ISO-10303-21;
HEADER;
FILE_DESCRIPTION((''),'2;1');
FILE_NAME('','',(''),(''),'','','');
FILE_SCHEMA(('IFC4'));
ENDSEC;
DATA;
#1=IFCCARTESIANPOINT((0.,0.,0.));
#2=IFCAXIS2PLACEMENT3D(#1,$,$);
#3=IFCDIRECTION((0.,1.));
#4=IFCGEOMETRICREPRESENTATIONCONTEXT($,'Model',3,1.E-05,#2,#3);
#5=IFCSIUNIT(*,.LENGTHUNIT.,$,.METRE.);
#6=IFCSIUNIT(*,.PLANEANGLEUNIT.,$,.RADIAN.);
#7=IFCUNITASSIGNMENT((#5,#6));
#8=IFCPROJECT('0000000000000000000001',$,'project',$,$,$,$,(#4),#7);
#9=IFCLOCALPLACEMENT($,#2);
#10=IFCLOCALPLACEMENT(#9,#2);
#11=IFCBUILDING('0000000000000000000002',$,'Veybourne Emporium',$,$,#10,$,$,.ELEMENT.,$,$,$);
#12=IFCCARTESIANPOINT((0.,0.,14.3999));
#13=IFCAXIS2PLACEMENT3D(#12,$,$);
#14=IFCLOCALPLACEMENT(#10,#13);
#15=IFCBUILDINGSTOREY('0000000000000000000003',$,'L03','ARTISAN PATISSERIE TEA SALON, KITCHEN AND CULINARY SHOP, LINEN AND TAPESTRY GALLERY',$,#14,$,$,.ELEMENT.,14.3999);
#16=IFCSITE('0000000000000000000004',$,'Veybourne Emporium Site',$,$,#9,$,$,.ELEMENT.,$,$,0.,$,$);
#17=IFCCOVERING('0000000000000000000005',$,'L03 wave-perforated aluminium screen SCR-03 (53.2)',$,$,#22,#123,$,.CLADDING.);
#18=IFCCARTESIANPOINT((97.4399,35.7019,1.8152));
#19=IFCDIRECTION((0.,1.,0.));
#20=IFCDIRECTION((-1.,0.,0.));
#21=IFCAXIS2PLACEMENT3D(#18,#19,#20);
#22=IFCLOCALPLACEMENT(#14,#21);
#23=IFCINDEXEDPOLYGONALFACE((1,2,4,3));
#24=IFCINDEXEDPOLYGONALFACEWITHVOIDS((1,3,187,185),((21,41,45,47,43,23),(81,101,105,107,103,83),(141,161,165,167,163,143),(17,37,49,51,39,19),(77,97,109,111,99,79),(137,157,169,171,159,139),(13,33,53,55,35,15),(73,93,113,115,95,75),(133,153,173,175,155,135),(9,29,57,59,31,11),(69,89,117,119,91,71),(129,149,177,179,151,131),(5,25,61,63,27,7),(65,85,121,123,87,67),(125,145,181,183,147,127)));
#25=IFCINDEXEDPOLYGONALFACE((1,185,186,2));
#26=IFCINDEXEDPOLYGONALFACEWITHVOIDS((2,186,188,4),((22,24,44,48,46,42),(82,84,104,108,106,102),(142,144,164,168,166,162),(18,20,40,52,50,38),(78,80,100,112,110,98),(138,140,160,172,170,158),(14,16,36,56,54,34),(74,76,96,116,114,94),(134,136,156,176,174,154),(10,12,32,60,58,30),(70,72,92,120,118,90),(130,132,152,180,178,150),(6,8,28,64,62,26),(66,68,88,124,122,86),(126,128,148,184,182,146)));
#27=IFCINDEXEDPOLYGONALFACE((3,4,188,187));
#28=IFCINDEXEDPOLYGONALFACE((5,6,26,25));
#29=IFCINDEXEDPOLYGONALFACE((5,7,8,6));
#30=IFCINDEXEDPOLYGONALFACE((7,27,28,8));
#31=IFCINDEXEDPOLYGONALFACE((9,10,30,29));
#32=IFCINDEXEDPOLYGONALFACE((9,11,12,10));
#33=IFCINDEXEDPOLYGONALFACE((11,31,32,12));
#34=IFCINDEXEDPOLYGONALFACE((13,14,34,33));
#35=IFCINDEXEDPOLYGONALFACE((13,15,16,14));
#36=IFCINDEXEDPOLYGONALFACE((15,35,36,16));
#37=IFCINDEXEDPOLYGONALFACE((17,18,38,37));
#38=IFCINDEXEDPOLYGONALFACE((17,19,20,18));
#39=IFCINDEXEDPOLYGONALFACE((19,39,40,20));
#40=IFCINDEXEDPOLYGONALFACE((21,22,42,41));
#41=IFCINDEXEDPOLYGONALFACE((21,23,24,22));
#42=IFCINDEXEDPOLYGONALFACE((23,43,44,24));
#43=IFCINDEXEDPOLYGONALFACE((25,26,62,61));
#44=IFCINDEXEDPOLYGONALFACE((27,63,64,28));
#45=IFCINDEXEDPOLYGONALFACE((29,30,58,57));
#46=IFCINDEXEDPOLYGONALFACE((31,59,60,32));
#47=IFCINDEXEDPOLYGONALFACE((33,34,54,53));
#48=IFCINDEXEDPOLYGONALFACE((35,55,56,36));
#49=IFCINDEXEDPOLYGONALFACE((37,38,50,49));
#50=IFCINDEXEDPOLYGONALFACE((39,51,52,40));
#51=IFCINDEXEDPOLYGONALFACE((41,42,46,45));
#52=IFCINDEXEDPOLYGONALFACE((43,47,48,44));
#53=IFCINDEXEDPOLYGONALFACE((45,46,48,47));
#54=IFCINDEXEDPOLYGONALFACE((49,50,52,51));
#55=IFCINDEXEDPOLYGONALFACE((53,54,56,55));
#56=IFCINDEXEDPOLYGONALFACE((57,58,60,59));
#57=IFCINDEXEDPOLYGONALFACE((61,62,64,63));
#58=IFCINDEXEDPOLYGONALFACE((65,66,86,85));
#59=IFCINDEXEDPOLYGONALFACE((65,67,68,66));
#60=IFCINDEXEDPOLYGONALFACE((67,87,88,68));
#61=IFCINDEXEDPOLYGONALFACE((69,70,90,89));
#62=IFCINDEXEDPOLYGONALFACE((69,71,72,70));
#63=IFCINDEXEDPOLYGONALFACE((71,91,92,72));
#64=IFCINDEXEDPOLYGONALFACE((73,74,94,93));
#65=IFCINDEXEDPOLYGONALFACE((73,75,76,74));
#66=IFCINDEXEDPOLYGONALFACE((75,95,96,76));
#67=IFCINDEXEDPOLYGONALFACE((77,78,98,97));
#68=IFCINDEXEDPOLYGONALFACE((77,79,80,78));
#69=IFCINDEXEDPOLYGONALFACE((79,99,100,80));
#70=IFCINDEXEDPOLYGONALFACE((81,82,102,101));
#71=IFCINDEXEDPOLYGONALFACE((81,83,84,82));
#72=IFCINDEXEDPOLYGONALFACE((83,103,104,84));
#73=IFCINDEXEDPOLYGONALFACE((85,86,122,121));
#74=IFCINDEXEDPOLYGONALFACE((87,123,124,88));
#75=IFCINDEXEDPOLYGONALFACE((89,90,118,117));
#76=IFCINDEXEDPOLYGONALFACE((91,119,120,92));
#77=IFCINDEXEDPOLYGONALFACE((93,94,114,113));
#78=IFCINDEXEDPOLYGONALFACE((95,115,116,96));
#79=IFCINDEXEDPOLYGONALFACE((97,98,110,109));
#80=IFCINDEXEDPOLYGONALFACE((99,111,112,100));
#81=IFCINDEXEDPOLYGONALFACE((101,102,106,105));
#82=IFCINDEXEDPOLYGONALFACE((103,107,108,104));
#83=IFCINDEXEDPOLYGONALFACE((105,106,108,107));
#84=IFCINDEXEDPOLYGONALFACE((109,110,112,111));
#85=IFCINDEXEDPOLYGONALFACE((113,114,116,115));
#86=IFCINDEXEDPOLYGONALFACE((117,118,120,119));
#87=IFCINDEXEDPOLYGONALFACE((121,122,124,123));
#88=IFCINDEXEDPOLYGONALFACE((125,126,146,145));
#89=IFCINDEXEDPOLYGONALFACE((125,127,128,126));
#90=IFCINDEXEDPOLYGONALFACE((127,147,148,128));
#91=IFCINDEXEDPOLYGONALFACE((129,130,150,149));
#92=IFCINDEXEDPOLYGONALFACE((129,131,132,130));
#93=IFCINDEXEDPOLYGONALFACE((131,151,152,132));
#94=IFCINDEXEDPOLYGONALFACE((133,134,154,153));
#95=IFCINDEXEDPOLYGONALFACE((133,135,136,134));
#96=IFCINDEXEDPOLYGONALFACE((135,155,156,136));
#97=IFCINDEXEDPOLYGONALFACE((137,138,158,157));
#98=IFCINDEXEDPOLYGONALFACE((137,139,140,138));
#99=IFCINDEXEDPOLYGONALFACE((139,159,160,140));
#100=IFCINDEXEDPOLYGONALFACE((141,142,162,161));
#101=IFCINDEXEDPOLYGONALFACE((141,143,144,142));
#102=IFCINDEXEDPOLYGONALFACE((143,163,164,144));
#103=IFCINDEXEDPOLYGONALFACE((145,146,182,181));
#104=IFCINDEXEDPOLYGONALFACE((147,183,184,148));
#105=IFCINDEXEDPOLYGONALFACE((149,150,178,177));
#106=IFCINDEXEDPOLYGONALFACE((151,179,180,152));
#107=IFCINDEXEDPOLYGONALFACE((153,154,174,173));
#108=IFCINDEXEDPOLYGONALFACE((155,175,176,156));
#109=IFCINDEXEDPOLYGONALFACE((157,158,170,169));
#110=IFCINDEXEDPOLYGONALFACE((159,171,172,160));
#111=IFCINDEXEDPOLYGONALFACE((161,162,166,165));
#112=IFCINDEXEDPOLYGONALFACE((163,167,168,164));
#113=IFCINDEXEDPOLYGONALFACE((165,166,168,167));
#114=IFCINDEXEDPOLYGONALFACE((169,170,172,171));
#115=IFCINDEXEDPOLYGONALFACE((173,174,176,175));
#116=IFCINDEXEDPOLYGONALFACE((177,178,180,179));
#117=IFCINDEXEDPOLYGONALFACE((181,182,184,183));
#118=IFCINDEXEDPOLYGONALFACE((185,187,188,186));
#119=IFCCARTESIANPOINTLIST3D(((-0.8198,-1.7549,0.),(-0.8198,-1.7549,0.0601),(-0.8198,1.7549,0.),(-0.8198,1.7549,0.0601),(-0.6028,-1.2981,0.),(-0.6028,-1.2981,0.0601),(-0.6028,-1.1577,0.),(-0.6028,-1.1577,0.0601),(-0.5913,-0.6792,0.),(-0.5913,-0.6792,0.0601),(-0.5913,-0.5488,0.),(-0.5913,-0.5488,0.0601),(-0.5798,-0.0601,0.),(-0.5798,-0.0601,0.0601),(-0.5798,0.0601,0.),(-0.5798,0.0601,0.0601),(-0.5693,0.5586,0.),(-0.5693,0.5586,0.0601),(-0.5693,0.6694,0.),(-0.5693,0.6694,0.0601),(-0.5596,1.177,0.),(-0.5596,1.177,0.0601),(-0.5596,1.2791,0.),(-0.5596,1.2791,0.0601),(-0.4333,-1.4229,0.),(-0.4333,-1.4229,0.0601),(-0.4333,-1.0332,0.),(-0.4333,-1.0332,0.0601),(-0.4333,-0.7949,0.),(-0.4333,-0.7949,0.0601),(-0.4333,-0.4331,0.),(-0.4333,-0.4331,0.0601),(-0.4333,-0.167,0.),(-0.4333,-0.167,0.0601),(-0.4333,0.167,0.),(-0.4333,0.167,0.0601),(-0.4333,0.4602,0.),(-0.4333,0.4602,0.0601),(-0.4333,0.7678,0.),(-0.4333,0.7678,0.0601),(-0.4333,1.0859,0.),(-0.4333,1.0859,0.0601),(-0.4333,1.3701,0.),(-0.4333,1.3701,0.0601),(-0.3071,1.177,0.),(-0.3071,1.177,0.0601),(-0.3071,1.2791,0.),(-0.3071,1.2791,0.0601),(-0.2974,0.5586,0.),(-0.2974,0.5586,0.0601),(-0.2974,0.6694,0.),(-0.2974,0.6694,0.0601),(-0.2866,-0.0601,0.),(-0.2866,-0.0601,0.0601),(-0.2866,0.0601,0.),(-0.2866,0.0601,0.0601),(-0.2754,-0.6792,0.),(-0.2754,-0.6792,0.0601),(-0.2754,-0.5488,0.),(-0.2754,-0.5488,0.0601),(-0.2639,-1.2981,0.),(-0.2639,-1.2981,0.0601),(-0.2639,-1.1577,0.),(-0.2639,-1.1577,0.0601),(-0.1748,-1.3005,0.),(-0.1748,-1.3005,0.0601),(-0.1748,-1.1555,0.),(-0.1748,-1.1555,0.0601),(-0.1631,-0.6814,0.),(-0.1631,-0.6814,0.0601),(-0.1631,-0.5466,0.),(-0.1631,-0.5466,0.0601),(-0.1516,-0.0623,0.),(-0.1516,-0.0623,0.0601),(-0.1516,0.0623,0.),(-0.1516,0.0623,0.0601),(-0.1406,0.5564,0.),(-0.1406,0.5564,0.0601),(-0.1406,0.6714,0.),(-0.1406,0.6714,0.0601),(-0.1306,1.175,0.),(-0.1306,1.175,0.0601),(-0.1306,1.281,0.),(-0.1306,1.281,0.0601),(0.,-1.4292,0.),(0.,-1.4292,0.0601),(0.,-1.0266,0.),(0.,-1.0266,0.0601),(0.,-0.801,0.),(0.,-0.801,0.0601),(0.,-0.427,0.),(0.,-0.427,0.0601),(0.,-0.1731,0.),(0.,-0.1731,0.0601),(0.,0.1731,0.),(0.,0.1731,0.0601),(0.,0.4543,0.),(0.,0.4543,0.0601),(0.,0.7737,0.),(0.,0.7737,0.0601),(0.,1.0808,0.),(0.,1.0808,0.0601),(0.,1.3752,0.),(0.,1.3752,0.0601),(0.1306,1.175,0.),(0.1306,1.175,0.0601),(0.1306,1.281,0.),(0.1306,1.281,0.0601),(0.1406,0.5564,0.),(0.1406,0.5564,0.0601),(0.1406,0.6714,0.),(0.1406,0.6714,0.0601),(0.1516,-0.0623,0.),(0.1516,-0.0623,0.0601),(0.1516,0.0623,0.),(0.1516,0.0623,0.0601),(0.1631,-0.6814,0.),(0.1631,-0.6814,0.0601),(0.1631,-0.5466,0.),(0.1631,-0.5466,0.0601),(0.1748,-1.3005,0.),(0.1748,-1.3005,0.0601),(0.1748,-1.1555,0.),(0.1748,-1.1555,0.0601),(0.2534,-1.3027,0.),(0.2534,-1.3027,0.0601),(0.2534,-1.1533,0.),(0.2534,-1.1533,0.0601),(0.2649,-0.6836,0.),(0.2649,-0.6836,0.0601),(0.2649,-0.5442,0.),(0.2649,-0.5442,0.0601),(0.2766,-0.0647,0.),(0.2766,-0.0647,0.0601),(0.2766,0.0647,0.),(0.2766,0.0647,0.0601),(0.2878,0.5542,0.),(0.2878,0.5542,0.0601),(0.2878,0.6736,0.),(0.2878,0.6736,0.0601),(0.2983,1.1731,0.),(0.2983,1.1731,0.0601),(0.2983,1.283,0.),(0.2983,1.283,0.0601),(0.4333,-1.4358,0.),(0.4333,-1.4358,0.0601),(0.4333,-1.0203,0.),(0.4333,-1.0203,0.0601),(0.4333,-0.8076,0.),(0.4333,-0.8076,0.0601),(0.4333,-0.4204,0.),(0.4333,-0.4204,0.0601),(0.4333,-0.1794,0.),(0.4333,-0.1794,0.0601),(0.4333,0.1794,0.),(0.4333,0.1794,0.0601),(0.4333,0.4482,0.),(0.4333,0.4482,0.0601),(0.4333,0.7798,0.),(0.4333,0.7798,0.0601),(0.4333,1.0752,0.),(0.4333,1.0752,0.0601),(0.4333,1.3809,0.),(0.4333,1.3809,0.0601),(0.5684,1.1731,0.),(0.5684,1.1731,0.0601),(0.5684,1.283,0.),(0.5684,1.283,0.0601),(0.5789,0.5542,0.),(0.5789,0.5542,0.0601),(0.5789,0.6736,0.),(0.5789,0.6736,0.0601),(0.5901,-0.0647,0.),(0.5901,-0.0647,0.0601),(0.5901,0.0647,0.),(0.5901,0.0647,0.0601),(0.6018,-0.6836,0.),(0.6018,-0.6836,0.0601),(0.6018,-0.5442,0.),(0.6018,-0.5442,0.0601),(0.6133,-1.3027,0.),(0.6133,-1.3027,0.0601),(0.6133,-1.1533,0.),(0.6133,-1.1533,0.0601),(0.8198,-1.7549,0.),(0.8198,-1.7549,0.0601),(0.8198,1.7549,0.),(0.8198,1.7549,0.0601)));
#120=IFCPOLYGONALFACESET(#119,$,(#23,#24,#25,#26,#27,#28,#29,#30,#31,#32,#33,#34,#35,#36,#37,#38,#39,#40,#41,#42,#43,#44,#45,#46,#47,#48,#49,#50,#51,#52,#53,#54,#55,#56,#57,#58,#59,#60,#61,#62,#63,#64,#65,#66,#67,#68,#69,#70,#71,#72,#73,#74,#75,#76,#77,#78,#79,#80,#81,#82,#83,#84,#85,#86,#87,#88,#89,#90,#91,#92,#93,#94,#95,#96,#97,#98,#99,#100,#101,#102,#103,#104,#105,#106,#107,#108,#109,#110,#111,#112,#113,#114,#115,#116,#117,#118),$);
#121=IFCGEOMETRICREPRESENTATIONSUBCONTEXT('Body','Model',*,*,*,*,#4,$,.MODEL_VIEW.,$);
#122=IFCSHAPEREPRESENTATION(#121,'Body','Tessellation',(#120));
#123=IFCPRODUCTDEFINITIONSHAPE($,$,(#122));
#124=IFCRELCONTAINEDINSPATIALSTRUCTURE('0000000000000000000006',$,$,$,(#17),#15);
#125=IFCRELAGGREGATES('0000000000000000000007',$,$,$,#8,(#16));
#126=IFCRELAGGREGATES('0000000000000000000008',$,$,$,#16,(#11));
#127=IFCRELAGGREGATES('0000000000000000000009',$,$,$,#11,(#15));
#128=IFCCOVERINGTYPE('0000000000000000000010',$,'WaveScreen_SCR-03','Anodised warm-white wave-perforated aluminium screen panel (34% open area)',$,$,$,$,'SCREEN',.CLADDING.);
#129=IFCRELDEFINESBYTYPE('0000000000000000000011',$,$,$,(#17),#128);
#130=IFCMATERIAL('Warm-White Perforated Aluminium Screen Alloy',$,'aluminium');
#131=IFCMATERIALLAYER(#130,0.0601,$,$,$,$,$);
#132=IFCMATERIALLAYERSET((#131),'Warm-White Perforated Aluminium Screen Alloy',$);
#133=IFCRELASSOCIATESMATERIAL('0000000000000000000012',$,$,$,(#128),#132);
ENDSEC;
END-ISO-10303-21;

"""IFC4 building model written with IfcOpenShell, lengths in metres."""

from ifc_helpers import new_model, si_unit, direction, frame, origin, place, context, subcontext, project, spatial, polyline, outline, extrude, material, layer, layer_set, type_object, element, save


model = new_model("IFC4")

# Units and contexts
model_context = context("Model", 3, precision=1e-05, world=origin(), true_north=direction((0.0, 1.0)))
body_context = subcontext(model_context, "Body", "Model", "MODEL_VIEW")
ifc_project = project(units=[si_unit("LENGTHUNIT", "METRE"), si_unit("PLANEANGLEUNIT", "RADIAN")], contexts=[model_context])

# Site, building, storey
site_placement = place(None, origin())
site = spatial("IfcSite", under=ifc_project, at=site_placement, Name="Veybourne Emporium Site", CompositionType="ELEMENT", RefElevation=0.0)
building_placement = place(site_placement, origin())
building = spatial("IfcBuilding", under=site, at=building_placement, Name="Veybourne Emporium", CompositionType="ELEMENT")
storey_placement = place(building_placement, frame((0.0, 0.0, 14.3999)))
storey = spatial("IfcBuildingStorey", under=building, at=storey_placement, Name="L03", Description="ARTISAN PATISSERIE TEA SALON, KITCHEN AND CULINARY SHOP, LINEN AND TAPESTRY GALLERY", CompositionType="ELEMENT", Elevation=14.3999)

# Covering
ifc_material_1 = material(Name="Warm-White Perforated Aluminium Screen Alloy", Category="aluminium")
ifc_layer_1 = layer(ifc_material_1, 0.0601)
ifc_layer_set_1 = layer_set([ifc_layer_1], Name="Warm-White Perforated Aluminium Screen Alloy")
covering_type_1 = type_object("IfcCoveringType", Name="WaveScreen_SCR-03", Description="Anodised warm-white wave-perforated aluminium screen panel (34% open area)", ElementType="SCREEN", PredefinedType="CLADDING", material=ifc_layer_set_1)
covering_1_placement = place(storey_placement, frame((97.4399, 35.7019, 1.8152), z_axis=(0.0, 1.0, 0.0), x_axis=(-1.0, 0.0, 0.0)))
element("IfcCovering", 1, at=covering_1_placement, inside=storey, type_object=covering_type_1, Name="L03 wave-perforated aluminium screen SCR-03 (53.2)", PredefinedType="CLADDING", context=body_context, shape_type="SweptSolid", body=[
    extrude(outline(polyline([(-0.8198, -1.7549), (0.8198, -1.7549), (0.8198, 1.7549), (-0.8198, 1.7549), (-0.8198, -1.7549)]), holes=[polyline([(-0.4333, -1.0332), (-0.2639, -1.1577), (-0.2639, -1.2981), (-0.4333, -1.4229), (-0.6028, -1.2981), (-0.6028, -1.1577), (-0.4333, -1.0332)]), polyline([(-0.4333, -0.4331), (-0.2754, -0.5488), (-0.2754, -0.6792), (-0.4333, -0.7949), (-0.5913, -0.6792), (-0.5913, -0.5488), (-0.4333, -0.4331)]), polyline([(-0.4333, 0.167), (-0.2866, 0.0601), (-0.2866, -0.0601), (-0.4333, -0.167), (-0.5798, -0.0601), (-0.5798, 0.0601), (-0.4333, 0.167)]), polyline([(-0.4333, 0.7678), (-0.2974, 0.6694), (-0.2974, 0.5586), (-0.4333, 0.4602), (-0.5693, 0.5586), (-0.5693, 0.6694), (-0.4333, 0.7678)]), polyline([(-0.4333, 1.3701), (-0.3071, 1.2791), (-0.3071, 1.177), (-0.4333, 1.0859), (-0.5596, 1.177), (-0.5596, 1.2791), (-0.4333, 1.3701)]), polyline([(0.0, -1.0266), (0.1748, -1.1555), (0.1748, -1.3005), (0.0, -1.4292), (-0.1748, -1.3005), (-0.1748, -1.1555), (0.0, -1.0266)]), polyline([(0.0, -0.427), (0.1631, -0.5466), (0.1631, -0.6814), (0.0, -0.801), (-0.1631, -0.6814), (-0.1631, -0.5466), (0.0, -0.427)]), polyline([(0.0, 0.1731), (0.1516, 0.0623), (0.1516, -0.0623), (0.0, -0.1731), (-0.1516, -0.0623), (-0.1516, 0.0623), (0.0, 0.1731)]), polyline([(0.0, 0.7737), (0.1406, 0.6714), (0.1406, 0.5564), (0.0, 0.4543), (-0.1406, 0.5564), (-0.1406, 0.6714), (0.0, 0.7737)]), polyline([(0.0, 1.3752), (0.1306, 1.281), (0.1306, 1.175), (0.0, 1.0808), (-0.1306, 1.175), (-0.1306, 1.281), (0.0, 1.3752)]), polyline([(0.4333, -1.0203), (0.6133, -1.1533), (0.6133, -1.3027), (0.4333, -1.4358), (0.2534, -1.3027), (0.2534, -1.1533), (0.4333, -1.0203)]), polyline([(0.4333, -0.4204), (0.6018, -0.5442), (0.6018, -0.6836), (0.4333, -0.8076), (0.2649, -0.6836), (0.2649, -0.5442), (0.4333, -0.4204)]), polyline([(0.4333, 0.1794), (0.5901, 0.0647), (0.5901, -0.0647), (0.4333, -0.1794), (0.2766, -0.0647), (0.2766, 0.0647), (0.4333, 0.1794)]), polyline([(0.4333, 0.7798), (0.5789, 0.6736), (0.5789, 0.5542), (0.4333, 0.4482), (0.2878, 0.5542), (0.2878, 0.6736), (0.4333, 0.7798)]), polyline([(0.4333, 1.3809), (0.5684, 1.283), (0.5684, 1.1731), (0.4333, 1.0752), (0.2983, 1.1731), (0.2983, 1.283), (0.4333, 1.3809)])]), origin(), (0.0, 0.0, 1.0), 0.0601),
])

save(model, "model.ifc")
